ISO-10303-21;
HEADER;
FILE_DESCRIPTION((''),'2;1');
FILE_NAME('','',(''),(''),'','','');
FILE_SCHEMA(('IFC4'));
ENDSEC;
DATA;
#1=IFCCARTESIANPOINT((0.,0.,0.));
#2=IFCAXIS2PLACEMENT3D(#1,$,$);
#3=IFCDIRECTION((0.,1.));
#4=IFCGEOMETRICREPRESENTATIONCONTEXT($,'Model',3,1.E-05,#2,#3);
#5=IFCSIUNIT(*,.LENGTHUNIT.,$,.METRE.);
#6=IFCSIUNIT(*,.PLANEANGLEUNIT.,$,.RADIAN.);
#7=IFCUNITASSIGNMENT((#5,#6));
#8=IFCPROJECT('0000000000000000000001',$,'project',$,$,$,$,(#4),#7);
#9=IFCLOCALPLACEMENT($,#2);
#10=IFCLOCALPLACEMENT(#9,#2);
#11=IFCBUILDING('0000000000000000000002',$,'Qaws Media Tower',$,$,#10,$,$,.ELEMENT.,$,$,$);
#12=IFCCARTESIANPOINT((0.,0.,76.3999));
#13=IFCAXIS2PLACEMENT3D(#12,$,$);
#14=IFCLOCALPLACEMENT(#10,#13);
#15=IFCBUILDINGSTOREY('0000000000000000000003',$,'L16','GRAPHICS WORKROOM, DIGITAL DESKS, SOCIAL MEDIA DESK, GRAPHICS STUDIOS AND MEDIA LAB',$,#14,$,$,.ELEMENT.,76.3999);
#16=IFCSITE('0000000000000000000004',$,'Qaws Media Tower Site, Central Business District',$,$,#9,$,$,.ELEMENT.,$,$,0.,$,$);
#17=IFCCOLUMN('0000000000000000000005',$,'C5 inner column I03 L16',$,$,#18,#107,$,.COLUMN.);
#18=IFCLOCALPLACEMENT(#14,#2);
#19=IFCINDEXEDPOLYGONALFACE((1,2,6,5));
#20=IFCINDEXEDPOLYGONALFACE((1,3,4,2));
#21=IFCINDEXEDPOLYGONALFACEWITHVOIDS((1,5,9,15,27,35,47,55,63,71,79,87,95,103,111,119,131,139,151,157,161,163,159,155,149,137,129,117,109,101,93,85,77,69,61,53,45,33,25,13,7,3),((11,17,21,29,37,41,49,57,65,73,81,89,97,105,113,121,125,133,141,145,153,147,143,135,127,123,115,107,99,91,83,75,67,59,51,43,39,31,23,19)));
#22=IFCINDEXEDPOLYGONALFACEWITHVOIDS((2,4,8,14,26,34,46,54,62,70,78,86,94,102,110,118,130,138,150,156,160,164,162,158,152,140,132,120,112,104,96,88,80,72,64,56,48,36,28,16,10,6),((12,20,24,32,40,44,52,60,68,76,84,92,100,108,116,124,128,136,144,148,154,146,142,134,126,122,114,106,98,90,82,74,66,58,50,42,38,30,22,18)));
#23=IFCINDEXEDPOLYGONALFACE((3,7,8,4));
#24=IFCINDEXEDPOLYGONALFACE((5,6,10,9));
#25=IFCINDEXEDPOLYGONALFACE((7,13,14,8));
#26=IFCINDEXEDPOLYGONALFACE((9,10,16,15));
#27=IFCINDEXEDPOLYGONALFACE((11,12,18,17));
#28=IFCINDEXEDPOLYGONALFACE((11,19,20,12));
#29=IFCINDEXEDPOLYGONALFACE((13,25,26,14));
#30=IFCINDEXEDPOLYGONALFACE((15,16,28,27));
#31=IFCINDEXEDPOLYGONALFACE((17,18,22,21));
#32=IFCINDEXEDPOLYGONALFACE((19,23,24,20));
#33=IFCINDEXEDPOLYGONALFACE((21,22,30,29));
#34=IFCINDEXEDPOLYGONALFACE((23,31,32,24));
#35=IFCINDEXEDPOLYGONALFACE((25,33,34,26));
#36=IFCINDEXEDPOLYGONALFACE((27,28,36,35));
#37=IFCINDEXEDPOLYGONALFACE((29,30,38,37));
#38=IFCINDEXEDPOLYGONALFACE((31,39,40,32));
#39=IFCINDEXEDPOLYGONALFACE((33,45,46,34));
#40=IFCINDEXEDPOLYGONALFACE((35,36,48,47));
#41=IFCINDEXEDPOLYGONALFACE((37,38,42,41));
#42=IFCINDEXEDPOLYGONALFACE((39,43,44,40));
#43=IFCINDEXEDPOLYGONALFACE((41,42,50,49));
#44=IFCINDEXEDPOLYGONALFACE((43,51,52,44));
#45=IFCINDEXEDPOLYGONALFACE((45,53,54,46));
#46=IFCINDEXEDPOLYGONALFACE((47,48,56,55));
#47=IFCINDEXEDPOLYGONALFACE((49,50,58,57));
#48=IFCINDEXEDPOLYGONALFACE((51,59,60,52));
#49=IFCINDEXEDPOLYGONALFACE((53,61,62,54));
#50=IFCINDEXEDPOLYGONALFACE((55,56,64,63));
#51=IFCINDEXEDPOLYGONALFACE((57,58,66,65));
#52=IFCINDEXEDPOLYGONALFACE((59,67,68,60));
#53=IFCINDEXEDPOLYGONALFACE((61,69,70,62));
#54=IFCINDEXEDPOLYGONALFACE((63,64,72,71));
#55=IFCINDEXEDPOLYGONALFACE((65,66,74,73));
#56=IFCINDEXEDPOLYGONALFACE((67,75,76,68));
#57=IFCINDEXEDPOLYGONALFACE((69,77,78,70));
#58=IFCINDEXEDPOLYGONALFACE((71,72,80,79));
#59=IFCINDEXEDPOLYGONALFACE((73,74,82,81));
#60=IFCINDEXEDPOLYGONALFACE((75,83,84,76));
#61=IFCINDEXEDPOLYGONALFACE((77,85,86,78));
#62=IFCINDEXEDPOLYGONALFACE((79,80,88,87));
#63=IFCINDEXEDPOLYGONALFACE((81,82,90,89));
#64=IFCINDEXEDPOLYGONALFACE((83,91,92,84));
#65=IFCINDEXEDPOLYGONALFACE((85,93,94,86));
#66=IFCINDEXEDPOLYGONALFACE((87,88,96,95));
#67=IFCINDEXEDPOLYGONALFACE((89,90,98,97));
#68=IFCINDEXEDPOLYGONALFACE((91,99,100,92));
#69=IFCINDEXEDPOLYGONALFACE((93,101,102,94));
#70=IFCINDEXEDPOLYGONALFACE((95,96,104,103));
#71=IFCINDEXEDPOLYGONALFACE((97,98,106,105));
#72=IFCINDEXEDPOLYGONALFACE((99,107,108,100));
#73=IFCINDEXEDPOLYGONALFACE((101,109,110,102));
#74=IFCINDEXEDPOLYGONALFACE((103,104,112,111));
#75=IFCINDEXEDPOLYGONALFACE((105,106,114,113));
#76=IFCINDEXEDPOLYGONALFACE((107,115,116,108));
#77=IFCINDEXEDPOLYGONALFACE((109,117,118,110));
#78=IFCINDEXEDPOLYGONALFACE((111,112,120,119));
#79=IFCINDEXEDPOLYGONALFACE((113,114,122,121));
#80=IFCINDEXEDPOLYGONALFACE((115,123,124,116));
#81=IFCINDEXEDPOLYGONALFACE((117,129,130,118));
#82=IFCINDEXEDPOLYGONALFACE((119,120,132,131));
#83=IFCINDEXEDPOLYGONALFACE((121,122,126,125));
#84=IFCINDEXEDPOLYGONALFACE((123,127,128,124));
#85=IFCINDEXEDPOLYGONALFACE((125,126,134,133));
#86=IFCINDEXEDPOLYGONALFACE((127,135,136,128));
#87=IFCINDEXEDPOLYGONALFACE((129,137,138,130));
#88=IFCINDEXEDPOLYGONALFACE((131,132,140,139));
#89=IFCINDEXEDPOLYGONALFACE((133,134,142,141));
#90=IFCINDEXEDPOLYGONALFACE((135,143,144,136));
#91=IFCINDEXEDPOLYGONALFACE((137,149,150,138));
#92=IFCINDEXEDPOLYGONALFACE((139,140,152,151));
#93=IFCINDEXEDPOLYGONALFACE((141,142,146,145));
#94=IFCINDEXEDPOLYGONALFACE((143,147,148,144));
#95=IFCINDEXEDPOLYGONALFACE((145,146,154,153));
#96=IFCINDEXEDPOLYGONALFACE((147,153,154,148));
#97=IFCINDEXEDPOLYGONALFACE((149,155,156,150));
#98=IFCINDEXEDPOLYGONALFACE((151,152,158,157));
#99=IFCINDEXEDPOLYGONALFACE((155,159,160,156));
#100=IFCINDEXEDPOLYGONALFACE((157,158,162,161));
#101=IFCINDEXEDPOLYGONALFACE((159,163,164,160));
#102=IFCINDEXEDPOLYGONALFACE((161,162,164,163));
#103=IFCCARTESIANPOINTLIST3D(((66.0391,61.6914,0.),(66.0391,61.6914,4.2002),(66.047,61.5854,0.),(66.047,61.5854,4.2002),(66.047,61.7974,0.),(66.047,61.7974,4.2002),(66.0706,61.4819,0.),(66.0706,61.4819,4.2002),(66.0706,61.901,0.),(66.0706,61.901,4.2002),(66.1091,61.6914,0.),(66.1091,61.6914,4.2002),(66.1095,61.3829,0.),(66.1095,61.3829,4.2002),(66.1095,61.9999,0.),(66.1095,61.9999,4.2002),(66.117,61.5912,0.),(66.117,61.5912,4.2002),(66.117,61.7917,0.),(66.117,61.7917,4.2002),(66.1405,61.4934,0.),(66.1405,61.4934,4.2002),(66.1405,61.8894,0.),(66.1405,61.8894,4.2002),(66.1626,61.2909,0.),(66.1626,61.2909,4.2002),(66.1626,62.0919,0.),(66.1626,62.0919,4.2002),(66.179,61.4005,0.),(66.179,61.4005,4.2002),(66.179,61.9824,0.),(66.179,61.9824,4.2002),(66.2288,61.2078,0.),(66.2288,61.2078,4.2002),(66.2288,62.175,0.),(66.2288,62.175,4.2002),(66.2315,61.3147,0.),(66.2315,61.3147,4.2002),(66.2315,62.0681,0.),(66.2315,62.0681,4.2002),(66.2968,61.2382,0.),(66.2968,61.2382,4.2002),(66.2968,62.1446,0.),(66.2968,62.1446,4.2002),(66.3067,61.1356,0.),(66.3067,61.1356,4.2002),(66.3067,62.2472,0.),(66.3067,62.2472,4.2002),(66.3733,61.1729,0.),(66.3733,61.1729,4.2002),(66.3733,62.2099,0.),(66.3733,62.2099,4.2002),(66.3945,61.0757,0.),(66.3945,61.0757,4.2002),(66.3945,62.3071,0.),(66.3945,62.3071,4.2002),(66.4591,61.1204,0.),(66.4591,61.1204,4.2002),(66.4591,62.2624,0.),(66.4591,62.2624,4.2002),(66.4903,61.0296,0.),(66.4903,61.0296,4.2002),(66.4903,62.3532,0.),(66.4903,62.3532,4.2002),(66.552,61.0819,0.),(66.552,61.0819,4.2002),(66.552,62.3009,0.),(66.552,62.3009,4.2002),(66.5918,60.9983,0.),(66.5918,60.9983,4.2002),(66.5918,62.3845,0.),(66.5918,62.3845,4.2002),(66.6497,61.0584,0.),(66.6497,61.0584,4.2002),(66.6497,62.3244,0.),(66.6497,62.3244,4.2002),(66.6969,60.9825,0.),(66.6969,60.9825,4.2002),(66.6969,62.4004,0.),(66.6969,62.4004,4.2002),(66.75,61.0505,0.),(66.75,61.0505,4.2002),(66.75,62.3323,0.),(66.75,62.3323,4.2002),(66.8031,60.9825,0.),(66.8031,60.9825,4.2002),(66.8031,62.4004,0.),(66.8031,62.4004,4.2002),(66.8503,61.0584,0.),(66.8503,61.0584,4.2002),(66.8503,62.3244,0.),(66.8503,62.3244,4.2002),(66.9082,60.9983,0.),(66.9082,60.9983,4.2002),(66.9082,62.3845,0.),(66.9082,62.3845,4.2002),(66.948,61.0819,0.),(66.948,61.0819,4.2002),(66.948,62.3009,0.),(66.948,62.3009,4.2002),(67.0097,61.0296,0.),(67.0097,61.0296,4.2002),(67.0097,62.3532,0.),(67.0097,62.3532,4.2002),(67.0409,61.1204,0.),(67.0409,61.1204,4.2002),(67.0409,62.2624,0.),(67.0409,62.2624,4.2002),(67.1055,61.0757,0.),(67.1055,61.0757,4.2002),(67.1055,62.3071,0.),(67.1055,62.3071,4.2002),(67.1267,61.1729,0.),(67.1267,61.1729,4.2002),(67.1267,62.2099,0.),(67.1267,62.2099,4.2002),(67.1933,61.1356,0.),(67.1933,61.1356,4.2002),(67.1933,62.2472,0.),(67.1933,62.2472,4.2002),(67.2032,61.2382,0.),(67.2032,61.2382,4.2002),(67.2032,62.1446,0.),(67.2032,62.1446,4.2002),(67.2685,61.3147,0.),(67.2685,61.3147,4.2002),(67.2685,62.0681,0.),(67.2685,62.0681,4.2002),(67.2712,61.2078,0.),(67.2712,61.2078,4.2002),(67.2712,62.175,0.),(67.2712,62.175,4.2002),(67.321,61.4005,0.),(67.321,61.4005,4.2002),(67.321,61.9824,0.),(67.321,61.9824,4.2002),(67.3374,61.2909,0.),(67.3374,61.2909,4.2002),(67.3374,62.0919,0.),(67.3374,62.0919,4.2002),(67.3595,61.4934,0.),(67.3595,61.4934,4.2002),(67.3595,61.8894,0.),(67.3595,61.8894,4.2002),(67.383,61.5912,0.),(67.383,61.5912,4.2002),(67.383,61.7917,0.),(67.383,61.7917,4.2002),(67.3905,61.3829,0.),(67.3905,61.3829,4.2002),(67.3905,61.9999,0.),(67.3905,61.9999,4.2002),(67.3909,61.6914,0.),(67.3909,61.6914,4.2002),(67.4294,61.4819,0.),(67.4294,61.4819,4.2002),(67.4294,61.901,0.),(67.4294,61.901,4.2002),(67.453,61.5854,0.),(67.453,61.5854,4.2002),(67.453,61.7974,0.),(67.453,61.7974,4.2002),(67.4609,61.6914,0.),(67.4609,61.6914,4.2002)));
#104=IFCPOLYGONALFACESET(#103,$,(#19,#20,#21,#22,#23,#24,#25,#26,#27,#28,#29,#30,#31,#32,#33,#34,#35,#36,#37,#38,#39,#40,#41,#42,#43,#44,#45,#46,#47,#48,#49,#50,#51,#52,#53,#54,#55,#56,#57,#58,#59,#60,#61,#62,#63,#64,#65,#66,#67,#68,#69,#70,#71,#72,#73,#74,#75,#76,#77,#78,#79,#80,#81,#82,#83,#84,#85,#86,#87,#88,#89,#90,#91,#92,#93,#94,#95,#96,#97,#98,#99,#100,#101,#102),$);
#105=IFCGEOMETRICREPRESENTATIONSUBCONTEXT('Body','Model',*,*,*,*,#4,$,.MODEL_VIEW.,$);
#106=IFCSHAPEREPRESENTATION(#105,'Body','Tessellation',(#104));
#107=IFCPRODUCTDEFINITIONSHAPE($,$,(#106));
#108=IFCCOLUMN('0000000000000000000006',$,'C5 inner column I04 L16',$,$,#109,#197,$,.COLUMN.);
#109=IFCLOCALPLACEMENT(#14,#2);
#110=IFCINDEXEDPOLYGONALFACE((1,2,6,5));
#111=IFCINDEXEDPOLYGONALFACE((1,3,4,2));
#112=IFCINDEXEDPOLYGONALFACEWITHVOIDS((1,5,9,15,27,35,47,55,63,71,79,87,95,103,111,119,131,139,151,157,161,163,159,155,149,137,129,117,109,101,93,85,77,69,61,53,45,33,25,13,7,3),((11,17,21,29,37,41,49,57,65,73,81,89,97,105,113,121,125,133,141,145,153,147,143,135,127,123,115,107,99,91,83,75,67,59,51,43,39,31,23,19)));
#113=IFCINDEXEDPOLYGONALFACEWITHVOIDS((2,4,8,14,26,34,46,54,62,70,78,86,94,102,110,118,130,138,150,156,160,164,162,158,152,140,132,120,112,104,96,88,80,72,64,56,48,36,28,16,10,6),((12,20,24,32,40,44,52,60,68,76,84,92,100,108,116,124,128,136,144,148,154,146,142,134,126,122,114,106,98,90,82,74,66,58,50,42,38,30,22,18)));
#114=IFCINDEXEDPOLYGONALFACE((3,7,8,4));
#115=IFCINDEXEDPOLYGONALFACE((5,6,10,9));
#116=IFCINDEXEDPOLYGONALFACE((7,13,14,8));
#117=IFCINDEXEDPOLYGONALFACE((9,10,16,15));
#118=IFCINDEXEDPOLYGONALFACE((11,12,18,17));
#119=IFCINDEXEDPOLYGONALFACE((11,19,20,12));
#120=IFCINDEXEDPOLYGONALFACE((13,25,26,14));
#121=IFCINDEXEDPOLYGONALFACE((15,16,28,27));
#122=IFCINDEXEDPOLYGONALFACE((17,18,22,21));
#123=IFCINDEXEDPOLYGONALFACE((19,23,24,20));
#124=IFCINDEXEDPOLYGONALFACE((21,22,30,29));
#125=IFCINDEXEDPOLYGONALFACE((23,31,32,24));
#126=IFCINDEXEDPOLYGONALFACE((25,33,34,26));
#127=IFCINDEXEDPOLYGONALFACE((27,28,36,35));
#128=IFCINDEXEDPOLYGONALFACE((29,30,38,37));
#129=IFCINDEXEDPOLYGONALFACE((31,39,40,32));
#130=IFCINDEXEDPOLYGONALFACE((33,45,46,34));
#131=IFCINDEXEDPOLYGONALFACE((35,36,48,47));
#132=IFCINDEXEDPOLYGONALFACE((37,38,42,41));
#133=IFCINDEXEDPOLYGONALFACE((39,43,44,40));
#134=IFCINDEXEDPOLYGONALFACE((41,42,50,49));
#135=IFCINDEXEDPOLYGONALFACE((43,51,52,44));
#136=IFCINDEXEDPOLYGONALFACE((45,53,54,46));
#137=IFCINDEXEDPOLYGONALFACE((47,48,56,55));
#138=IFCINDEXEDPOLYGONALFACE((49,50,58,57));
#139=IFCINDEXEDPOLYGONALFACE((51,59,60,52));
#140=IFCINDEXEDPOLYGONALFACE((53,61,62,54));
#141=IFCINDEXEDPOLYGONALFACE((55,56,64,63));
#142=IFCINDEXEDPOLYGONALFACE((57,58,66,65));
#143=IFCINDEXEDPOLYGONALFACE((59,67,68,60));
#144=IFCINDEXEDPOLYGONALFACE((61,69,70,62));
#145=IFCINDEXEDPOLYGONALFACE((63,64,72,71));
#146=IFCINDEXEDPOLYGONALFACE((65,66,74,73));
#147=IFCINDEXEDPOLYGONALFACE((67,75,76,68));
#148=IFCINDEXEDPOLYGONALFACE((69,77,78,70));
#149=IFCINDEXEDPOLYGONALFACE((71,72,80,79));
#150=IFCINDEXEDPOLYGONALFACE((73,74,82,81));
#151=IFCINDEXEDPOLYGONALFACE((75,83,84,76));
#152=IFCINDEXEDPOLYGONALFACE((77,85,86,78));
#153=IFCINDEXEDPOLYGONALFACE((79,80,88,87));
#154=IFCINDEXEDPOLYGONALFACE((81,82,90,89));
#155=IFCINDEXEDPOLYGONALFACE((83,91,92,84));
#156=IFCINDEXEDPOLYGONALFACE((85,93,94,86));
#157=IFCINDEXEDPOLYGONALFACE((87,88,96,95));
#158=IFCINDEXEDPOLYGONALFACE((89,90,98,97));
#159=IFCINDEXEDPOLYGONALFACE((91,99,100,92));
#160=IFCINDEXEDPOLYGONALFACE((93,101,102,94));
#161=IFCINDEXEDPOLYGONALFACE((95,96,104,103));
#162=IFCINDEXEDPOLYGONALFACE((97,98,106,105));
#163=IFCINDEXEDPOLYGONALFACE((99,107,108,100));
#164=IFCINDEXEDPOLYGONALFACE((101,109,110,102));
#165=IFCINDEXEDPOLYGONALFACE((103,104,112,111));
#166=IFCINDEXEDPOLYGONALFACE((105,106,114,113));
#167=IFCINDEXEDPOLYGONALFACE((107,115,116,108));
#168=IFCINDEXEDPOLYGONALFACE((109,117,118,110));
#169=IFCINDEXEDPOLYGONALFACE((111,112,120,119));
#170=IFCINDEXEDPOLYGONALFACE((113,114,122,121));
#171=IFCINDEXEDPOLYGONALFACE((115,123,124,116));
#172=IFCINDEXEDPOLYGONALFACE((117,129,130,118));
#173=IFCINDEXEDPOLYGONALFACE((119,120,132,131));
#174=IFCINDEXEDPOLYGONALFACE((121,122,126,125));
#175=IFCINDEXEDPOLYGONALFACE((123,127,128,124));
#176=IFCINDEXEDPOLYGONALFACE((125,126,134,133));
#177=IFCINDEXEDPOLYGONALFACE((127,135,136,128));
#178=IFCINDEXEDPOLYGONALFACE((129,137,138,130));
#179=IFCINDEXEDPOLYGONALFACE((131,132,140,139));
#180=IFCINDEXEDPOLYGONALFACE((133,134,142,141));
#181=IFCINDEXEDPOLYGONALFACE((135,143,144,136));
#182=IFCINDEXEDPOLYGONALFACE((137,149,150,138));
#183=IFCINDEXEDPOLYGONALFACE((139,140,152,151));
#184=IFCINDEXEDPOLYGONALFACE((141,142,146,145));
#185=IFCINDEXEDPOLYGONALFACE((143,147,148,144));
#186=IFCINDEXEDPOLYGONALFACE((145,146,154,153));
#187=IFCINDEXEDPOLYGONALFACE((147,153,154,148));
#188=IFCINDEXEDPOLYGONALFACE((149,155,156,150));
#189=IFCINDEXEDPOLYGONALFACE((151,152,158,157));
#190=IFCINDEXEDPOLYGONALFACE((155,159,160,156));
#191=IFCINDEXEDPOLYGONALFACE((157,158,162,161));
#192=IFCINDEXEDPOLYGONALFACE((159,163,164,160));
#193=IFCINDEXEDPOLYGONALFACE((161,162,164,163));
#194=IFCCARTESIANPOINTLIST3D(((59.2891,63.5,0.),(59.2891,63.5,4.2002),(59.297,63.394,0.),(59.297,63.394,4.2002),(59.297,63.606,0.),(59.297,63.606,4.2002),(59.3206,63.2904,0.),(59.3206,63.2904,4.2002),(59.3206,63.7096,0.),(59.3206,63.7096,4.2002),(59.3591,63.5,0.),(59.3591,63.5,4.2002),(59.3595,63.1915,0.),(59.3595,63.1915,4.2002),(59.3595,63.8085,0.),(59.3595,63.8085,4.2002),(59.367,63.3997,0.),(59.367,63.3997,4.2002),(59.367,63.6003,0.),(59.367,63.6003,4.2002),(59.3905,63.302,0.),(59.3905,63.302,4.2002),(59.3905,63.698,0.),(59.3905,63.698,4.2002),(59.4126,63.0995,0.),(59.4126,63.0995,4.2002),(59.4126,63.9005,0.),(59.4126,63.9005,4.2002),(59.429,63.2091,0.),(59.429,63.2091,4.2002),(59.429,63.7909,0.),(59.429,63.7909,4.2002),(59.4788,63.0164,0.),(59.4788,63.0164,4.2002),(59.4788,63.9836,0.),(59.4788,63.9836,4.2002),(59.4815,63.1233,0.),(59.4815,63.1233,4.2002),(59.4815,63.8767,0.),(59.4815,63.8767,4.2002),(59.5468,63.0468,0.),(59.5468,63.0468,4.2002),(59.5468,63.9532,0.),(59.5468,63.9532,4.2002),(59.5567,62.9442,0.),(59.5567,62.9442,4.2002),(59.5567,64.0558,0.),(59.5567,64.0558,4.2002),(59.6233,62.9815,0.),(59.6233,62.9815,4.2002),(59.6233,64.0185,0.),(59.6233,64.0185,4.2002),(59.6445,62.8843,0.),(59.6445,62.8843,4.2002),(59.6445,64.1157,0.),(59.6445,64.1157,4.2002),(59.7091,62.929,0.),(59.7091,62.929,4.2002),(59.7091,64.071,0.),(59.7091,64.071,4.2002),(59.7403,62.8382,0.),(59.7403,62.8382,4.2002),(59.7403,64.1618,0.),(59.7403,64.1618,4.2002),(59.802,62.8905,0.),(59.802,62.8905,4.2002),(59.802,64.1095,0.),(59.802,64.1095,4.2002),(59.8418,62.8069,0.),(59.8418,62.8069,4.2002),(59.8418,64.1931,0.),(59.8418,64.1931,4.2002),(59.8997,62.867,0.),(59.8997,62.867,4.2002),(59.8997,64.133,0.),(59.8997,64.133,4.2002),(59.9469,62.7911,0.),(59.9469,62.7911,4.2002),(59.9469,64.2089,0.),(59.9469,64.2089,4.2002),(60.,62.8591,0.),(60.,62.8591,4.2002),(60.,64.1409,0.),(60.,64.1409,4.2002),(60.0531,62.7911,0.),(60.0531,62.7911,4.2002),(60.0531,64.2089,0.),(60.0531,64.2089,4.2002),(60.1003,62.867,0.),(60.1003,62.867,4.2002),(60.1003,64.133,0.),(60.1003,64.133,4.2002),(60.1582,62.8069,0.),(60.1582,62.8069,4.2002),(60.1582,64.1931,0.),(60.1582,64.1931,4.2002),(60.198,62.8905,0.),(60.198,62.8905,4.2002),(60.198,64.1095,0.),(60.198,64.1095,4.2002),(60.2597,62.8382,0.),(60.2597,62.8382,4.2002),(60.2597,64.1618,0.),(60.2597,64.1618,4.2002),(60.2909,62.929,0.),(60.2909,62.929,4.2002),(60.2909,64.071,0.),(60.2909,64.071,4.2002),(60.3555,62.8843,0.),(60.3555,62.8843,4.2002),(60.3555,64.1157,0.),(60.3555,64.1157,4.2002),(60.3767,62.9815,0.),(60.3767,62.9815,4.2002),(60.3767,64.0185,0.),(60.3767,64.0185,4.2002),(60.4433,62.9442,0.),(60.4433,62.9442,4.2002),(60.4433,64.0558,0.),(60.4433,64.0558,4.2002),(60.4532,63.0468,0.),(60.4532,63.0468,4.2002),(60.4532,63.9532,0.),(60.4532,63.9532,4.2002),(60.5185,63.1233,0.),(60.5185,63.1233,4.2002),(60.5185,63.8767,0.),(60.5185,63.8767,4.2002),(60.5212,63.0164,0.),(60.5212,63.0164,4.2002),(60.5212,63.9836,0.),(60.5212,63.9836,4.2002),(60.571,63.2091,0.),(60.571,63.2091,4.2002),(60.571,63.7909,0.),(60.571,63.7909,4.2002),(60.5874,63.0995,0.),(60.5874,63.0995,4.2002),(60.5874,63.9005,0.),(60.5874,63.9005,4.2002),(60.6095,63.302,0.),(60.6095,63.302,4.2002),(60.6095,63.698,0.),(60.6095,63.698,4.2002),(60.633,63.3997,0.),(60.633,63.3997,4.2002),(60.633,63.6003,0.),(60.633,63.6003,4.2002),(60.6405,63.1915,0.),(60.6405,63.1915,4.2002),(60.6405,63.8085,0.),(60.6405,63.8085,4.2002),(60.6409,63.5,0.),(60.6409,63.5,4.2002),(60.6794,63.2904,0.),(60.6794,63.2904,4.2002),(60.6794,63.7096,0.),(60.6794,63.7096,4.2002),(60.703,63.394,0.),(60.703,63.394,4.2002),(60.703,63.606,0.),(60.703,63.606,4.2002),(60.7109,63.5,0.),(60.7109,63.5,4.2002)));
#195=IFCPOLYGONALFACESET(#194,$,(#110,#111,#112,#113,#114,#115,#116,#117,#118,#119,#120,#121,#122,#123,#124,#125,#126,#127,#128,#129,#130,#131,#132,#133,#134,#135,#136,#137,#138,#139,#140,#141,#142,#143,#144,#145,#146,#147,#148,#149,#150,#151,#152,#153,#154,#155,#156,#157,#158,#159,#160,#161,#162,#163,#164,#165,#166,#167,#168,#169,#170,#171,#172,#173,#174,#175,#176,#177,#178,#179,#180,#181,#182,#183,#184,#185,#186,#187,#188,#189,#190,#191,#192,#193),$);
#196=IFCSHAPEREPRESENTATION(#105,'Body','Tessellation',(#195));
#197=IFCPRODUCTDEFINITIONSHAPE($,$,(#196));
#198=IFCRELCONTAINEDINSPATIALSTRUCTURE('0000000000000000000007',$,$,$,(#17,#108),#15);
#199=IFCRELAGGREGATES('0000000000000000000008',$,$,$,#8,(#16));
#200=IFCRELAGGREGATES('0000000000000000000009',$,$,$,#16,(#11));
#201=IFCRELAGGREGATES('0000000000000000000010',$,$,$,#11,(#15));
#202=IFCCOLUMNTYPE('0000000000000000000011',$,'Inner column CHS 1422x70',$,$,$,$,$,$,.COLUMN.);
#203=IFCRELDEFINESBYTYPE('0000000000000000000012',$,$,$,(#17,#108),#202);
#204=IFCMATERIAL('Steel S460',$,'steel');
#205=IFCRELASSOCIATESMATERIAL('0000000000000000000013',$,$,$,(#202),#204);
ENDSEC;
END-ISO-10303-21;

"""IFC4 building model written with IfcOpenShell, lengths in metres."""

from ifc_helpers import new_model, si_unit, direction, frame, origin, origin_2d, place, context, subcontext, project, spatial, hollow_circle, extrude, material, material_profile, profile_set, type_object, element, save


model = new_model("IFC4")

# Units and contexts
model_context = context("Model", 3, precision=1e-05, world=origin(), true_north=direction((0.0, 1.0)))
body_context = subcontext(model_context, "Body", "Model", "MODEL_VIEW")
ifc_project = project(units=[si_unit("LENGTHUNIT", "METRE"), si_unit("PLANEANGLEUNIT", "RADIAN")], contexts=[model_context])

# Site, building, storey
site_placement = place(None, origin())
site = spatial("IfcSite", under=ifc_project, at=site_placement, Name="Qaws Media Tower Site, Central Business District", CompositionType="ELEMENT", RefElevation=0.0)
building_placement = place(site_placement, origin())
building = spatial("IfcBuilding", under=site, at=building_placement, Name="Qaws Media Tower", CompositionType="ELEMENT")
storey_placement = place(building_placement, frame((0.0, 0.0, 76.3999)))
storey = spatial("IfcBuildingStorey", under=building, at=storey_placement, Name="L16", Description="GRAPHICS WORKROOM, DIGITAL DESKS, SOCIAL MEDIA DESK, GRAPHICS STUDIOS AND MEDIA LAB", CompositionType="ELEMENT", Elevation=76.3999)

# Columns
ifc_material_1 = material(Name="Steel S460", Category="steel")
ifc_material_profile_1 = material_profile(ifc_material_1, hollow_circle(Radius=0.7109, WallThickness=0.0701, at=origin_2d()), Name="CHS 1422x70")
ifc_profile_set_1 = profile_set([ifc_material_profile_1], Name="Steel S460")
column_type = type_object("IfcColumnType", Name="Inner column CHS 1422x70", PredefinedType="COLUMN", material=ifc_profile_set_1)
for number, where, z_axis, x_axis, name in (
    (1, (66.75, 61.6914, 0.0), (0.0, 0.0, 1.0), (1.0, 0.0, 0.0), "C5 inner column I03 L16"),
    (2, (60.0, 63.5, 0.0), (0.0, 0.0, 1.0), (1.0, 0.0, 0.0), "C5 inner column I04 L16"),
):
    element("IfcColumn", number, at=place(storey_placement, frame(where, z_axis=z_axis, x_axis=x_axis)), inside=storey, type_object=column_type, Name=name, PredefinedType="COLUMN", context=body_context, shape_type="SweptSolid", body=[
        extrude(hollow_circle(Radius=0.7109, WallThickness=0.0701, at=origin_2d()), origin(), (0.0, 0.0, 1.0), 4.2002),
    ])

save(model, "model.ifc")
